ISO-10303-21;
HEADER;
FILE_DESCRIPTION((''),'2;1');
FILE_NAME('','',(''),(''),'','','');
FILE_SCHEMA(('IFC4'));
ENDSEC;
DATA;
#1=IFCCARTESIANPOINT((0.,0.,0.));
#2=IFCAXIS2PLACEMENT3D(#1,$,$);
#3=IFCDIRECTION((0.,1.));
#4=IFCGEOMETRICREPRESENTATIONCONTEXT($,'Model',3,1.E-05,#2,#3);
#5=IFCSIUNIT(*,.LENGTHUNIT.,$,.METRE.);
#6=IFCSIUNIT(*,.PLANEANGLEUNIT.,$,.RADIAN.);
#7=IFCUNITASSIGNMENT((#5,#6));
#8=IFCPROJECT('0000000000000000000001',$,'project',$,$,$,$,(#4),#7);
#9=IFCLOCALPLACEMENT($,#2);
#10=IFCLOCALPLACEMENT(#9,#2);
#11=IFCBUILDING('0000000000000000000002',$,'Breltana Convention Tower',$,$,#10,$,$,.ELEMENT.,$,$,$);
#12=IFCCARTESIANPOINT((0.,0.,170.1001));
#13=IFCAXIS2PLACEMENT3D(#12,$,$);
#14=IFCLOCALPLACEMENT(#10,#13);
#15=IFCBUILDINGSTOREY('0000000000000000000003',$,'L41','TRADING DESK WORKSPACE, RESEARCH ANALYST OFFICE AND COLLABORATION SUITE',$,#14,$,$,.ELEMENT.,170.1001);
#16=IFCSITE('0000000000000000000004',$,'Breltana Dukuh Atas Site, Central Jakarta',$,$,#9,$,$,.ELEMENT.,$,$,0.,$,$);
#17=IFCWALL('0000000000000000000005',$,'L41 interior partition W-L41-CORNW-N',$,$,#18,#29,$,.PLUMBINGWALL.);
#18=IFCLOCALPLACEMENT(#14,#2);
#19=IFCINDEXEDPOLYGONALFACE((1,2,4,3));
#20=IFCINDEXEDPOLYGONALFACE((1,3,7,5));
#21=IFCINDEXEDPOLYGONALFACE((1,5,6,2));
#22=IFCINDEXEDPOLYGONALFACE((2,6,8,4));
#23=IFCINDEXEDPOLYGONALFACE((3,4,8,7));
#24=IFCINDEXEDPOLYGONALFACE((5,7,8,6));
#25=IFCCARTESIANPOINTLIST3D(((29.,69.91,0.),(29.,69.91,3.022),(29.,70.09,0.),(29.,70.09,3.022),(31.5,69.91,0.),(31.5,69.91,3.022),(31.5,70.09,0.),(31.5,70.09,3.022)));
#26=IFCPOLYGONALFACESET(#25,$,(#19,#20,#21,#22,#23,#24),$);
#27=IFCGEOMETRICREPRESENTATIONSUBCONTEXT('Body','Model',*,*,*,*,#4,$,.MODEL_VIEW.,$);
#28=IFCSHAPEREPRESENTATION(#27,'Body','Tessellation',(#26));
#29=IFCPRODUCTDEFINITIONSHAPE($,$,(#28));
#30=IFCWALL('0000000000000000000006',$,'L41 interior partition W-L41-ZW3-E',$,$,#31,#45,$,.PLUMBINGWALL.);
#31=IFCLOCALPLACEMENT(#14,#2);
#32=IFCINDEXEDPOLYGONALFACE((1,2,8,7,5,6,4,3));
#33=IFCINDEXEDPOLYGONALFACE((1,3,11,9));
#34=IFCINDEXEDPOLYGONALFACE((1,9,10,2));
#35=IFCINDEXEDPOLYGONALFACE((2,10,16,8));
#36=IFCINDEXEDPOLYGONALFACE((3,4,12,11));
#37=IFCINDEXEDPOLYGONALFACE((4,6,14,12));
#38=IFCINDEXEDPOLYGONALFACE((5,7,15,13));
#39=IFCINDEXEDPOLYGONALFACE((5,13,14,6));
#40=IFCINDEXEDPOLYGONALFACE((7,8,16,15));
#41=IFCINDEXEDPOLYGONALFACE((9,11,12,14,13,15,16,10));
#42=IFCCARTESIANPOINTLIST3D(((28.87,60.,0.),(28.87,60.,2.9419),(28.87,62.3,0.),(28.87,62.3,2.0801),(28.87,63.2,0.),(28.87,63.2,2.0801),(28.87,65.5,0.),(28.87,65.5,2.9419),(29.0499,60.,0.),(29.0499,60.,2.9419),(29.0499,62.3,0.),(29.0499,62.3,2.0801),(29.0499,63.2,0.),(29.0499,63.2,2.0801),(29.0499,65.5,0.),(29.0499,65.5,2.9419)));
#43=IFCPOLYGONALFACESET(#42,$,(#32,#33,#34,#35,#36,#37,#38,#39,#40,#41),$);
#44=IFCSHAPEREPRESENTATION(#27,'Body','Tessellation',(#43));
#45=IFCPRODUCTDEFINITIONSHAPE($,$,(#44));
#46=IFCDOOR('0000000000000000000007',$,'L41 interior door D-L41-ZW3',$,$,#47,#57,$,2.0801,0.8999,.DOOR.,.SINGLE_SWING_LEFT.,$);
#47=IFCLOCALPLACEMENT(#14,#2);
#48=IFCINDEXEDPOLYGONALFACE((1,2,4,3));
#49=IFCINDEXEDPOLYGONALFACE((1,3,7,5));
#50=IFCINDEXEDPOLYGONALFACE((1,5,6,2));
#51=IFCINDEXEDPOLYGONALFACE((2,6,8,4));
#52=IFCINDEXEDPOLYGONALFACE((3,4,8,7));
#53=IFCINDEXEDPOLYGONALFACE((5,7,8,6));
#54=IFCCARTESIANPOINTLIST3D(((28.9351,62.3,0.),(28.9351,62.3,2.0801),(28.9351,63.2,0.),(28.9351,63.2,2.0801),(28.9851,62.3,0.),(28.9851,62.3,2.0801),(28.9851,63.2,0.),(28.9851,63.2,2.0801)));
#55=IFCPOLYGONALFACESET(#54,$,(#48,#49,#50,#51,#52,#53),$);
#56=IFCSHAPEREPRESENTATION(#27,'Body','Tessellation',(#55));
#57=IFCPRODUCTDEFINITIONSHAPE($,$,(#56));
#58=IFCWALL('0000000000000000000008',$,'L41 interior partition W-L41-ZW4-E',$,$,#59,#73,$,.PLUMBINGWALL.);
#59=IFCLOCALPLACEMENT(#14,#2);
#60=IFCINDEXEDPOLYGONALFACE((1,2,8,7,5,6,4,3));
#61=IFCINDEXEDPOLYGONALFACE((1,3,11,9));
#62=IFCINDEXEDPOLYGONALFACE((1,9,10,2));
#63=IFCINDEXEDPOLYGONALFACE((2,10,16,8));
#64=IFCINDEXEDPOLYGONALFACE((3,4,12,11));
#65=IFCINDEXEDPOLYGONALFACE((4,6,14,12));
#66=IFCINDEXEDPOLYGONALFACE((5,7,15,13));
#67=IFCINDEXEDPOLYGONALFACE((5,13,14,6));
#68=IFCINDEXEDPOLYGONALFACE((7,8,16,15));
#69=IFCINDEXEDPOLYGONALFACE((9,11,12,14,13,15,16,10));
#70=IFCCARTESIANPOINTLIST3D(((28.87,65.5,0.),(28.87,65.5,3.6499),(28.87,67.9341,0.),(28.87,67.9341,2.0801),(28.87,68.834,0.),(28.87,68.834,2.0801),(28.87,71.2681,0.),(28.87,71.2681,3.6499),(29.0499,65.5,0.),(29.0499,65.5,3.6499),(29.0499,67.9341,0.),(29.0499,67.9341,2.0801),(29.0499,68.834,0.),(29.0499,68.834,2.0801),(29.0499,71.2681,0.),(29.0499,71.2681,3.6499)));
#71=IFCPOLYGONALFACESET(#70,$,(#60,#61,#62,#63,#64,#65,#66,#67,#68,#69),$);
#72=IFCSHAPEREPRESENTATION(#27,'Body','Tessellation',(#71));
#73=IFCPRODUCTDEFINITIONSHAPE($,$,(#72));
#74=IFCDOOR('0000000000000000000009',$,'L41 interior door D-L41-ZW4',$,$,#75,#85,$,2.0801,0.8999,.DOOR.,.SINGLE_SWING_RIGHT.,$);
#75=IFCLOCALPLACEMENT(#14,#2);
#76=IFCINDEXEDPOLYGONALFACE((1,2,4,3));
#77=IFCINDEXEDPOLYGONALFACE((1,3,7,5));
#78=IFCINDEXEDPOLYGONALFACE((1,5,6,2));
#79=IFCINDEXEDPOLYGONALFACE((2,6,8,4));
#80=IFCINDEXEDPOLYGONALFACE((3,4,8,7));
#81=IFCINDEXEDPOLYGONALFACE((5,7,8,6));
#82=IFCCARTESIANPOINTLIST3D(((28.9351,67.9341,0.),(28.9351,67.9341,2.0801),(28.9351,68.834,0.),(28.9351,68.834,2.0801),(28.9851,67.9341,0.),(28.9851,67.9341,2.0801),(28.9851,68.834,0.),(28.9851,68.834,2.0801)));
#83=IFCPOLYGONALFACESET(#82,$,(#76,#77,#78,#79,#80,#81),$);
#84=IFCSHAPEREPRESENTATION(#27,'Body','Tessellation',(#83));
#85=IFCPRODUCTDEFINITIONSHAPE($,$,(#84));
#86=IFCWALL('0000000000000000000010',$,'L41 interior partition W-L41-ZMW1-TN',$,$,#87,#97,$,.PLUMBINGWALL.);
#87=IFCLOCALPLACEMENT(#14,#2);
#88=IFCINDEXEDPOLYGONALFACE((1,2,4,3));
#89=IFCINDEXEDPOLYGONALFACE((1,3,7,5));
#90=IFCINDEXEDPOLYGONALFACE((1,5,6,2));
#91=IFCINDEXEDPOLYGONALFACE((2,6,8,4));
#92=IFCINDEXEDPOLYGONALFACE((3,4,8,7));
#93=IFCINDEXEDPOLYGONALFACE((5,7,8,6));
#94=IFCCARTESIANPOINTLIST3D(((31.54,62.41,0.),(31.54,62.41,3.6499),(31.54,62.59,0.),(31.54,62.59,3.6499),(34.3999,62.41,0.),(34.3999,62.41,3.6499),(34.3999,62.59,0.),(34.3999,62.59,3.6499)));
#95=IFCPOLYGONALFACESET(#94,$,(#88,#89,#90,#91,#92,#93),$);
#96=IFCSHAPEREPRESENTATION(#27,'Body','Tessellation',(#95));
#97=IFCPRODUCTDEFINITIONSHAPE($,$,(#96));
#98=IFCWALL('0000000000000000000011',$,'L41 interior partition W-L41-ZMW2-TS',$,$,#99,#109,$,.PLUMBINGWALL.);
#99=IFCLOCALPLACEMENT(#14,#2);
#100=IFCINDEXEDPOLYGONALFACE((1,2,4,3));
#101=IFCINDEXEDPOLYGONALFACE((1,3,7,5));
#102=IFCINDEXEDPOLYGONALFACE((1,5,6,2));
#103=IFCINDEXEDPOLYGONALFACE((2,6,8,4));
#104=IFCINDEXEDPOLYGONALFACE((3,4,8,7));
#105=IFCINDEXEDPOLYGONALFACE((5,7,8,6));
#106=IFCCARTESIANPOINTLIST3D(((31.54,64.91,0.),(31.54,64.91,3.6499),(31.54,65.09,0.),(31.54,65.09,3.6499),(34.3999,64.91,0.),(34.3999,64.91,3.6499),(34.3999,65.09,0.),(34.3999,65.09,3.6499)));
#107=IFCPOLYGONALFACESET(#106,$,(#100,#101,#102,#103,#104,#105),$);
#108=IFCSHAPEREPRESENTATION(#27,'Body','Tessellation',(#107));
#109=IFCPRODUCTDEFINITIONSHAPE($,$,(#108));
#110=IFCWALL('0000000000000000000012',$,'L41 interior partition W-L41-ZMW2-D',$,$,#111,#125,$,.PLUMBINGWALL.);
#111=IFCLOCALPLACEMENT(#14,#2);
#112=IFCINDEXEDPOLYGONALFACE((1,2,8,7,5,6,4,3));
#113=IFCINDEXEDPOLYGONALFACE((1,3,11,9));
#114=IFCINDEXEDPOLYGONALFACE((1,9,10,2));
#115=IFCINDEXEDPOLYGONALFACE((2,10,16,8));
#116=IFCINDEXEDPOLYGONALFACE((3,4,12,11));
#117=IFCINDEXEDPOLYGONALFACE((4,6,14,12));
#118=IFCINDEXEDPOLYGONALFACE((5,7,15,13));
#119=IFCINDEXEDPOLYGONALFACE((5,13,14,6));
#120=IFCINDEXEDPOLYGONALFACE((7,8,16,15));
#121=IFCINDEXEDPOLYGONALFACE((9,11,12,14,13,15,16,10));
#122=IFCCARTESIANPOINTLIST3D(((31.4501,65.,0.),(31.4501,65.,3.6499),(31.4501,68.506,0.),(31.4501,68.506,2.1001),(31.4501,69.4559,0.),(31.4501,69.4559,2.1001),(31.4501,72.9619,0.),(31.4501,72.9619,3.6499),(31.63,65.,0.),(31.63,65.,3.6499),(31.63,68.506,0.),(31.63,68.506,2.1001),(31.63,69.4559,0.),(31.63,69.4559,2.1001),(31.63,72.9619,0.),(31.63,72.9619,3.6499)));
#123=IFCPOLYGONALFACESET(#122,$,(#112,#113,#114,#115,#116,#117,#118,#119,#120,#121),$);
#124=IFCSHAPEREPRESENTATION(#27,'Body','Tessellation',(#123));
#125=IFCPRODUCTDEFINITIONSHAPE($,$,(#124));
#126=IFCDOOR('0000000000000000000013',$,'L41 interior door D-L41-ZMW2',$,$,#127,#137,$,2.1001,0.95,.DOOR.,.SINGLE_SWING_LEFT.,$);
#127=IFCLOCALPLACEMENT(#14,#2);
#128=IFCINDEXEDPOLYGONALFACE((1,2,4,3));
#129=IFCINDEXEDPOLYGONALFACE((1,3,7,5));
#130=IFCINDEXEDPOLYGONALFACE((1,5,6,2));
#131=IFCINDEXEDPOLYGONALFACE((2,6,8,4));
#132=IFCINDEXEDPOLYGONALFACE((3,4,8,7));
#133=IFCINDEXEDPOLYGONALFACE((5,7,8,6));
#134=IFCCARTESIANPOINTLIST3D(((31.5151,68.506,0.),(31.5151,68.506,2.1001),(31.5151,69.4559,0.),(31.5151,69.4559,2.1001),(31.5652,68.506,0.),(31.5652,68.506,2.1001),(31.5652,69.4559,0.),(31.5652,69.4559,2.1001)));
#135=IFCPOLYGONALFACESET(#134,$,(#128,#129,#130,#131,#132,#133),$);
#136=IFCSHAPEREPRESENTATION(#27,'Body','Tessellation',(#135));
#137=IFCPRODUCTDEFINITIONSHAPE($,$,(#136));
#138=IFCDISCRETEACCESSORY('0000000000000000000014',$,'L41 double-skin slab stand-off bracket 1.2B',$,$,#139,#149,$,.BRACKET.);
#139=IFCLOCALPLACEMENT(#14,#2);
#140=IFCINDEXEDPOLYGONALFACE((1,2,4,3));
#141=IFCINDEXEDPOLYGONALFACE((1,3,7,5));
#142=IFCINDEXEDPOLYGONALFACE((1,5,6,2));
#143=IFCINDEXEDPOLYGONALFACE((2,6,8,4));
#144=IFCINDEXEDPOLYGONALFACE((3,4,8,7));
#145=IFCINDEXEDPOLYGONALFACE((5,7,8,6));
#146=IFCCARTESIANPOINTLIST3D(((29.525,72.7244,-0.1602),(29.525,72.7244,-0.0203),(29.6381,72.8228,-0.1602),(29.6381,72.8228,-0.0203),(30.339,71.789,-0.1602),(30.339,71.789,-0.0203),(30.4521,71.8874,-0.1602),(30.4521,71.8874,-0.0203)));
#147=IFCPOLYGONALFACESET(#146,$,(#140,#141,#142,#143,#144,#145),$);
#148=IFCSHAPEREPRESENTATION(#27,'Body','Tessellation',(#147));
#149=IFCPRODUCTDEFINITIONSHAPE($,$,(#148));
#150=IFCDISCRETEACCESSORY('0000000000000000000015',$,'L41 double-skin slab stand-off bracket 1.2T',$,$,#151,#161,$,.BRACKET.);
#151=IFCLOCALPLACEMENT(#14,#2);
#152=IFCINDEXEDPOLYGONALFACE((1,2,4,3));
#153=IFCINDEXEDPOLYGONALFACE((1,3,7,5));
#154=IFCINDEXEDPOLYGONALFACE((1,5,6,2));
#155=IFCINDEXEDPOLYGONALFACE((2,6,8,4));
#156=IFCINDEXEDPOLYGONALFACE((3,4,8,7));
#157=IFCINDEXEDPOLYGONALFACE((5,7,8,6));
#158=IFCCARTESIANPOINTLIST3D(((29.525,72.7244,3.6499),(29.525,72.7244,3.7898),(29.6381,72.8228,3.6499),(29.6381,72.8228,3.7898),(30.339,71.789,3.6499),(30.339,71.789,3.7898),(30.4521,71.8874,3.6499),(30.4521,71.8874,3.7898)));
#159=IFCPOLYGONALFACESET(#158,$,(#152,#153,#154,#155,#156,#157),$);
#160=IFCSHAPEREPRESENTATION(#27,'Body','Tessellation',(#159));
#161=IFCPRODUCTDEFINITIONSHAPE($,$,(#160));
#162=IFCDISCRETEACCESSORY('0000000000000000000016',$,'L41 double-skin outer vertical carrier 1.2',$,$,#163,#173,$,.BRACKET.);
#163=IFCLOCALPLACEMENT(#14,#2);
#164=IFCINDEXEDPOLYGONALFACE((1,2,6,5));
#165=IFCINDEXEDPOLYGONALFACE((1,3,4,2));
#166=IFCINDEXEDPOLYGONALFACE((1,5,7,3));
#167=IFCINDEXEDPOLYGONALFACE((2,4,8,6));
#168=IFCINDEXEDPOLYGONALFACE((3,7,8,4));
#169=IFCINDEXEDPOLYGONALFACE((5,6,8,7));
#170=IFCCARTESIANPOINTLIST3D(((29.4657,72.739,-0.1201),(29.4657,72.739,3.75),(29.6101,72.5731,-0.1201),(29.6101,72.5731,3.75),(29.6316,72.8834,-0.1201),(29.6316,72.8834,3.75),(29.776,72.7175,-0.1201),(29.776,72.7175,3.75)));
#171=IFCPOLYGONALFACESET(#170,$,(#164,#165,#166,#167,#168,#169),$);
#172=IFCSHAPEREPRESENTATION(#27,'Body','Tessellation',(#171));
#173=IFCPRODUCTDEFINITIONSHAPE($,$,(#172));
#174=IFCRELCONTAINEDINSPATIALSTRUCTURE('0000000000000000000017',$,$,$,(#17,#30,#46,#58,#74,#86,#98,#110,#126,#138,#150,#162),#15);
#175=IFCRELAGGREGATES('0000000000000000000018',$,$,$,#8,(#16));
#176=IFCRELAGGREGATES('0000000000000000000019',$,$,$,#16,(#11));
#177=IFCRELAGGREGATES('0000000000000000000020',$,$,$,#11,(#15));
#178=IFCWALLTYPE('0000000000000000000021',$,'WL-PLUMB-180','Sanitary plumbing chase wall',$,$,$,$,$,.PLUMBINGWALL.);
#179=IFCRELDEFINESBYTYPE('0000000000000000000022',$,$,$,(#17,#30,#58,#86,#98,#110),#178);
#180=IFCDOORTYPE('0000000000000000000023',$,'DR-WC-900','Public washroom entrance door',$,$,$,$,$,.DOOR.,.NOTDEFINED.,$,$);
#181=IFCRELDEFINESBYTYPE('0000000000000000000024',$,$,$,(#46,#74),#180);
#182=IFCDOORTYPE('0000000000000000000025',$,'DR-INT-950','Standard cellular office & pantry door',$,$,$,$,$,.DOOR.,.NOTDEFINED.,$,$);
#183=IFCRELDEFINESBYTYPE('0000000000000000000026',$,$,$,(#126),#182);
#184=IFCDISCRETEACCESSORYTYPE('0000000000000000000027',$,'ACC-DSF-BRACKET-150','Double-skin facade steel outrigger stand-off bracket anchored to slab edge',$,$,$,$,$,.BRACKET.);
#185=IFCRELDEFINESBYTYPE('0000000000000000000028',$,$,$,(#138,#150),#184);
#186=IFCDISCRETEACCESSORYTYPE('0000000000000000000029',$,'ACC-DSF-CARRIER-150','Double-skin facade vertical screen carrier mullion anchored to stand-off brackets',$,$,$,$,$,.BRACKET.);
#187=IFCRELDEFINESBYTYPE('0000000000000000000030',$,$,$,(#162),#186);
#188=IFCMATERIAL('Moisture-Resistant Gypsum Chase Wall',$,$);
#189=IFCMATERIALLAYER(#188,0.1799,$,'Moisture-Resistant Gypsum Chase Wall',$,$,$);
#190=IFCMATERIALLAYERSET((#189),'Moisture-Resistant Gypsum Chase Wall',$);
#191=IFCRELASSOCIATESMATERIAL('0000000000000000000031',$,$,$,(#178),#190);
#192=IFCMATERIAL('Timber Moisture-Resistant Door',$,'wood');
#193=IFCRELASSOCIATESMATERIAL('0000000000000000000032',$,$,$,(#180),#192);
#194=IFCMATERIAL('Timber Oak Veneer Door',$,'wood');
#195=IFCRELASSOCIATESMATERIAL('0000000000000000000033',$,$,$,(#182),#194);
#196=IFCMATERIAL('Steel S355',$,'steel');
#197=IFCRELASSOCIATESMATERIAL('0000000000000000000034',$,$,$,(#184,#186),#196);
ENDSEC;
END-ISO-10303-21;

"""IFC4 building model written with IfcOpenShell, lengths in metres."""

from ifc_helpers import new_model, si_unit, direction, frame, frame_2d, origin, origin_2d, place, context, subcontext, project, spatial, rectangle, extrude, source, transform, mapped, material, layer, layer_set, type_object, type_shapes, element, fill, save


model = new_model("IFC4")

# Units and contexts
model_context = context("Model", 3, precision=1e-05, world=origin(), true_north=direction((0.0, 1.0)))
body_context = subcontext(model_context, "Body", "Model", "MODEL_VIEW")
ifc_project = project(units=[si_unit("LENGTHUNIT", "METRE"), si_unit("PLANEANGLEUNIT", "RADIAN")], contexts=[model_context])

# Site, building, storey
site_placement = place(None, origin())
site = spatial("IfcSite", under=ifc_project, at=site_placement, Name="Breltana Dukuh Atas Site, Central Jakarta", CompositionType="ELEMENT", RefElevation=0.0)
building_placement = place(site_placement, origin())
building = spatial("IfcBuilding", under=site, at=building_placement, Name="Breltana Convention Tower", CompositionType="ELEMENT")
storey_placement = place(building_placement, frame((0.0, 0.0, 170.1001)))
storey = spatial("IfcBuildingStorey", under=building, at=storey_placement, Name="L41", Description="TRADING DESK WORKSPACE, RESEARCH ANALYST OFFICE AND COLLABORATION SUITE", CompositionType="ELEMENT", Elevation=170.1001)

# Wall
ifc_material_1 = material(Name="Moisture-Resistant Gypsum Chase Wall")
ifc_layer_1 = layer(ifc_material_1, 0.1799, Name="Moisture-Resistant Gypsum Chase Wall")
ifc_layer_set_1 = layer_set([ifc_layer_1], Name="Moisture-Resistant Gypsum Chase Wall")
wall_type_1 = type_object("IfcWallType", Name="WL-PLUMB-180", Description="Sanitary plumbing chase wall", PredefinedType="PLUMBINGWALL", material=ifc_layer_set_1)
shared_shape_1 = source(origin(), body_context, "Body", "SweptSolid", [
    extrude(rectangle(XDim=2.5, YDim=0.1799, at=frame_2d((1.25, 0.0))), origin(), (0.0, 0.0, 1.0), 3.022),
])
wall_1_placement = place(storey_placement, frame((29.0, 70.0, 0.0), z_axis=(0.0, 0.0, 1.0), x_axis=(1.0, 0.0, 0.0)))
element("IfcWall", 1, at=wall_1_placement, inside=storey, type_object=wall_type_1, Name="L41 interior partition W-L41-CORNW-N", PredefinedType="PLUMBINGWALL", context=body_context, shape_type="MappedRepresentation", body=[
    mapped(shared_shape_1, transform((0.0, 0.0, 0.0), scale=1.0)),
])

# Walls, openings, doors
shared_shape_2 = source(origin(), body_context, "Body", "SweptSolid", [
    extrude(rectangle(XDim=5.5, YDim=0.1799, at=frame_2d((2.75, 0.0))), origin(), (0.0, 0.0, 1.0), 2.9419),
])
wall_2_placement = place(storey_placement, frame((28.96, 60.0, 0.0), z_axis=(0.0, 0.0, 1.0), x_axis=(0.0, 1.0, 0.0)))
wall_2 = element("IfcWall", 2, at=wall_2_placement, inside=storey, type_object=wall_type_1, Name="L41 interior partition W-L41-ZW3-E", PredefinedType="PLUMBINGWALL", context=body_context, shape_type="MappedRepresentation", body=[
    mapped(shared_shape_2, transform((0.0, 0.0, 0.0), scale=1.0)),
])
opening_1_placement = place(wall_2_placement, frame((2.3, 0.0, 0.0)))
opening_1 = element("IfcOpeningElement", 3, at=opening_1_placement, cuts=wall_2, PredefinedType="OPENING", context=body_context, shape_type="SweptSolid", body=[
    extrude(rectangle(XDim=0.8999, YDim=2.0801, at=frame_2d((0.45, 1.04))), frame((0.0, 0.1001, 0.0), z_axis=(0.0, -1.0, 0.0), x_axis=(1.0, 0.0, 0.0)), (0.0, 0.0, 1.0), 0.2),
])
ifc_material_2 = material(Name="Timber Moisture-Resistant Door", Category="wood")
door_type_1 = type_object("IfcDoorType", Name="DR-WC-900", Description="Public washroom entrance door", OperationType="NOTDEFINED", PredefinedType="DOOR", material=ifc_material_2)
shared_shape_3 = source(origin(), body_context, "Body", "SweptSolid", [
    extrude(rectangle(XDim=0.8999, YDim=2.0801, at=frame_2d((0.45, 1.04))), frame((0.0, 0.0249, 0.0), z_axis=(0.0, -1.0, 0.0), x_axis=(1.0, 0.0, 0.0)), (0.0, 0.0, 1.0), 0.05),
])
type_shapes(door_type_1, [shared_shape_3])
door_1_placement = place(opening_1_placement, origin())
door_1 = element("IfcDoor", 4, at=door_1_placement, inside=storey, type_object=door_type_1, Name="L41 interior door D-L41-ZW3", OperationType="SINGLE_SWING_LEFT", OverallHeight=2.0801, OverallWidth=0.8999, PredefinedType="DOOR", context=body_context, shape_type="MappedRepresentation", body=[
    mapped(shared_shape_3, transform((0.0, 0.0, 0.0), scale=1.0)),
])
fill(opening_1, door_1)
shared_shape_4 = source(origin(), body_context, "Body", "SweptSolid", [
    extrude(rectangle(XDim=5.7681, YDim=0.1799, at=frame_2d((2.884, 0.0))), origin(), (0.0, 0.0, 1.0), 3.6499),
])
wall_3_placement = place(storey_placement, frame((28.96, 65.5, 0.0), z_axis=(0.0, 0.0, 1.0), x_axis=(0.0, 1.0, 0.0)))
wall_3 = element("IfcWall", 5, at=wall_3_placement, inside=storey, type_object=wall_type_1, Name="L41 interior partition W-L41-ZW4-E", PredefinedType="PLUMBINGWALL", context=body_context, shape_type="MappedRepresentation", body=[
    mapped(shared_shape_4, transform((0.0, 0.0, 0.0), scale=1.0)),
])
opening_2_placement = place(wall_3_placement, frame((2.4341, 0.0, 0.0)))
opening_2 = element("IfcOpeningElement", 6, at=opening_2_placement, cuts=wall_3, PredefinedType="OPENING", context=body_context, shape_type="SweptSolid", body=[
    extrude(rectangle(XDim=0.8999, YDim=2.0801, at=frame_2d((0.45, 1.04))), frame((0.0, 0.1001, 0.0), z_axis=(0.0, -1.0, 0.0), x_axis=(1.0, 0.0, 0.0)), (0.0, 0.0, 1.0), 0.2),
])
door_2_placement = place(opening_2_placement, origin())
door_2 = element("IfcDoor", 7, at=door_2_placement, inside=storey, type_object=door_type_1, Name="L41 interior door D-L41-ZW4", OperationType="SINGLE_SWING_RIGHT", OverallHeight=2.0801, OverallWidth=0.8999, PredefinedType="DOOR", context=body_context, shape_type="MappedRepresentation", body=[
    mapped(shared_shape_3, transform((0.0, 0.0, 0.0), scale=1.0)),
])
fill(opening_2, door_2)

# Walls
shared_shape_5 = source(origin(), body_context, "Body", "SweptSolid", [
    extrude(rectangle(XDim=2.8599, YDim=0.1799, at=frame_2d((1.4299, 0.0))), origin(), (0.0, 0.0, 1.0), 3.6499),
])
for number, where, z_axis, x_axis, name in (
    (8, (31.54, 62.5, 0.0), (0.0, 0.0, 1.0), (1.0, 0.0, 0.0), "L41 interior partition W-L41-ZMW1-TN"),
    (9, (31.54, 65.0, 0.0), (0.0, 0.0, 1.0), (1.0, 0.0, 0.0), "L41 interior partition W-L41-ZMW2-TS"),
):
    element("IfcWall", number, at=place(storey_placement, frame(where, z_axis=z_axis, x_axis=x_axis)), inside=storey, type_object=wall_type_1, Name=name, PredefinedType="PLUMBINGWALL", context=body_context, shape_type="MappedRepresentation", body=[
        mapped(shared_shape_5, transform((0.0, 0.0, 0.0), scale=1.0)),
    ])

# Wall, opening, door
shared_shape_6 = source(origin(), body_context, "Body", "SweptSolid", [
    extrude(rectangle(XDim=7.9619, YDim=0.1799, at=frame_2d((3.981, 0.0))), origin(), (0.0, 0.0, 1.0), 3.6499),
])
wall_4_placement = place(storey_placement, frame((31.54, 65.0, 0.0), z_axis=(0.0, 0.0, 1.0), x_axis=(0.0, 1.0, 0.0)))
wall_4 = element("IfcWall", 10, at=wall_4_placement, inside=storey, type_object=wall_type_1, Name="L41 interior partition W-L41-ZMW2-D", PredefinedType="PLUMBINGWALL", context=body_context, shape_type="MappedRepresentation", body=[
    mapped(shared_shape_6, transform((0.0, 0.0, 0.0), scale=1.0)),
])
opening_3_placement = place(wall_4_placement, frame((3.5059, 0.0, 0.0)))
opening_3 = element("IfcOpeningElement", 11, at=opening_3_placement, cuts=wall_4, PredefinedType="OPENING", context=body_context, shape_type="SweptSolid", body=[
    extrude(rectangle(XDim=0.95, YDim=2.1001, at=frame_2d((0.4751, 1.05))), frame((0.0, 0.1001, 0.0), z_axis=(0.0, -1.0, 0.0), x_axis=(1.0, 0.0, 0.0)), (0.0, 0.0, 1.0), 0.2),
])
ifc_material_3 = material(Name="Timber Oak Veneer Door", Category="wood")
door_type_2 = type_object("IfcDoorType", Name="DR-INT-950", Description="Standard cellular office & pantry door", OperationType="NOTDEFINED", PredefinedType="DOOR", material=ifc_material_3)
shared_shape_7 = source(origin(), body_context, "Body", "SweptSolid", [
    extrude(rectangle(XDim=0.95, YDim=2.1001, at=frame_2d((0.4751, 1.05))), frame((0.0, 0.0249, 0.0), z_axis=(0.0, -1.0, 0.0), x_axis=(1.0, 0.0, 0.0)), (0.0, 0.0, 1.0), 0.05),
])
type_shapes(door_type_2, [shared_shape_7])
door_3_placement = place(opening_3_placement, origin())
door_3 = element("IfcDoor", 12, at=door_3_placement, inside=storey, type_object=door_type_2, Name="L41 interior door D-L41-ZMW2", OperationType="SINGLE_SWING_LEFT", OverallHeight=2.1001, OverallWidth=0.95, PredefinedType="DOOR", context=body_context, shape_type="MappedRepresentation", body=[
    mapped(shared_shape_7, transform((0.0, 0.0, 0.0), scale=1.0)),
])
fill(opening_3, door_3)

# Discrete accessories
ifc_material_4 = material(Name="Steel S355", Category="steel")
discrete_accessory_type_1 = type_object("IfcDiscreteAccessoryType", Name="ACC-DSF-BRACKET-150", Description="Double-skin facade steel outrigger stand-off bracket anchored to slab edge", PredefinedType="BRACKET", material=ifc_material_4)
shared_shape_8 = source(origin(), body_context, "Body", "SweptSolid", [
    extrude(rectangle(XDim=1.24, YDim=0.1499, at=origin_2d()), origin(), (0.0, 0.0, 1.0), 0.1399),
])
type_shapes(discrete_accessory_type_1, [shared_shape_8])
for number, where, z_axis, x_axis, name in (
    (13, (29.9885, 72.3059, -0.1602), (0.0, 0.0, 1.0), (-0.656456, 0.754365, 0.0), "L41 double-skin slab stand-off bracket 1.2B"),
    (14, (29.9885, 72.3059, 3.6499), (0.0, 0.0, 1.0), (-0.656456, 0.754365, 0.0), "L41 double-skin slab stand-off bracket 1.2T"),
):
    element("IfcDiscreteAccessory", number, at=place(storey_placement, frame(where, z_axis=z_axis, x_axis=x_axis)), inside=storey, type_object=discrete_accessory_type_1, Name=name, PredefinedType="BRACKET", context=body_context, shape_type="MappedRepresentation", body=[
        mapped(shared_shape_8, transform((0.0, 0.0, 0.0), scale=1.0)),
    ])
discrete_accessory_type_2 = type_object("IfcDiscreteAccessoryType", Name="ACC-DSF-CARRIER-150", Description="Double-skin facade vertical screen carrier mullion anchored to stand-off brackets", PredefinedType="BRACKET", material=ifc_material_4)
shared_shape_9 = source(origin(), body_context, "Body", "SweptSolid", [
    extrude(rectangle(XDim=0.22, YDim=0.22, at=origin_2d()), origin(), (0.0, 0.0, 1.0), 3.8701),
])
discrete_accessory_placement = place(storey_placement, frame((29.6208, 72.7283, -0.1201), z_axis=(0.0, 0.0, 1.0), x_axis=(-0.656456, 0.754365, 0.0)))
element("IfcDiscreteAccessory", 15, at=discrete_accessory_placement, inside=storey, type_object=discrete_accessory_type_2, Name="L41 double-skin outer vertical carrier 1.2", PredefinedType="BRACKET", context=body_context, shape_type="MappedRepresentation", body=[
    mapped(shared_shape_9, transform((0.0, 0.0, 0.0), scale=1.0)),
])

save(model, "model.ifc")
